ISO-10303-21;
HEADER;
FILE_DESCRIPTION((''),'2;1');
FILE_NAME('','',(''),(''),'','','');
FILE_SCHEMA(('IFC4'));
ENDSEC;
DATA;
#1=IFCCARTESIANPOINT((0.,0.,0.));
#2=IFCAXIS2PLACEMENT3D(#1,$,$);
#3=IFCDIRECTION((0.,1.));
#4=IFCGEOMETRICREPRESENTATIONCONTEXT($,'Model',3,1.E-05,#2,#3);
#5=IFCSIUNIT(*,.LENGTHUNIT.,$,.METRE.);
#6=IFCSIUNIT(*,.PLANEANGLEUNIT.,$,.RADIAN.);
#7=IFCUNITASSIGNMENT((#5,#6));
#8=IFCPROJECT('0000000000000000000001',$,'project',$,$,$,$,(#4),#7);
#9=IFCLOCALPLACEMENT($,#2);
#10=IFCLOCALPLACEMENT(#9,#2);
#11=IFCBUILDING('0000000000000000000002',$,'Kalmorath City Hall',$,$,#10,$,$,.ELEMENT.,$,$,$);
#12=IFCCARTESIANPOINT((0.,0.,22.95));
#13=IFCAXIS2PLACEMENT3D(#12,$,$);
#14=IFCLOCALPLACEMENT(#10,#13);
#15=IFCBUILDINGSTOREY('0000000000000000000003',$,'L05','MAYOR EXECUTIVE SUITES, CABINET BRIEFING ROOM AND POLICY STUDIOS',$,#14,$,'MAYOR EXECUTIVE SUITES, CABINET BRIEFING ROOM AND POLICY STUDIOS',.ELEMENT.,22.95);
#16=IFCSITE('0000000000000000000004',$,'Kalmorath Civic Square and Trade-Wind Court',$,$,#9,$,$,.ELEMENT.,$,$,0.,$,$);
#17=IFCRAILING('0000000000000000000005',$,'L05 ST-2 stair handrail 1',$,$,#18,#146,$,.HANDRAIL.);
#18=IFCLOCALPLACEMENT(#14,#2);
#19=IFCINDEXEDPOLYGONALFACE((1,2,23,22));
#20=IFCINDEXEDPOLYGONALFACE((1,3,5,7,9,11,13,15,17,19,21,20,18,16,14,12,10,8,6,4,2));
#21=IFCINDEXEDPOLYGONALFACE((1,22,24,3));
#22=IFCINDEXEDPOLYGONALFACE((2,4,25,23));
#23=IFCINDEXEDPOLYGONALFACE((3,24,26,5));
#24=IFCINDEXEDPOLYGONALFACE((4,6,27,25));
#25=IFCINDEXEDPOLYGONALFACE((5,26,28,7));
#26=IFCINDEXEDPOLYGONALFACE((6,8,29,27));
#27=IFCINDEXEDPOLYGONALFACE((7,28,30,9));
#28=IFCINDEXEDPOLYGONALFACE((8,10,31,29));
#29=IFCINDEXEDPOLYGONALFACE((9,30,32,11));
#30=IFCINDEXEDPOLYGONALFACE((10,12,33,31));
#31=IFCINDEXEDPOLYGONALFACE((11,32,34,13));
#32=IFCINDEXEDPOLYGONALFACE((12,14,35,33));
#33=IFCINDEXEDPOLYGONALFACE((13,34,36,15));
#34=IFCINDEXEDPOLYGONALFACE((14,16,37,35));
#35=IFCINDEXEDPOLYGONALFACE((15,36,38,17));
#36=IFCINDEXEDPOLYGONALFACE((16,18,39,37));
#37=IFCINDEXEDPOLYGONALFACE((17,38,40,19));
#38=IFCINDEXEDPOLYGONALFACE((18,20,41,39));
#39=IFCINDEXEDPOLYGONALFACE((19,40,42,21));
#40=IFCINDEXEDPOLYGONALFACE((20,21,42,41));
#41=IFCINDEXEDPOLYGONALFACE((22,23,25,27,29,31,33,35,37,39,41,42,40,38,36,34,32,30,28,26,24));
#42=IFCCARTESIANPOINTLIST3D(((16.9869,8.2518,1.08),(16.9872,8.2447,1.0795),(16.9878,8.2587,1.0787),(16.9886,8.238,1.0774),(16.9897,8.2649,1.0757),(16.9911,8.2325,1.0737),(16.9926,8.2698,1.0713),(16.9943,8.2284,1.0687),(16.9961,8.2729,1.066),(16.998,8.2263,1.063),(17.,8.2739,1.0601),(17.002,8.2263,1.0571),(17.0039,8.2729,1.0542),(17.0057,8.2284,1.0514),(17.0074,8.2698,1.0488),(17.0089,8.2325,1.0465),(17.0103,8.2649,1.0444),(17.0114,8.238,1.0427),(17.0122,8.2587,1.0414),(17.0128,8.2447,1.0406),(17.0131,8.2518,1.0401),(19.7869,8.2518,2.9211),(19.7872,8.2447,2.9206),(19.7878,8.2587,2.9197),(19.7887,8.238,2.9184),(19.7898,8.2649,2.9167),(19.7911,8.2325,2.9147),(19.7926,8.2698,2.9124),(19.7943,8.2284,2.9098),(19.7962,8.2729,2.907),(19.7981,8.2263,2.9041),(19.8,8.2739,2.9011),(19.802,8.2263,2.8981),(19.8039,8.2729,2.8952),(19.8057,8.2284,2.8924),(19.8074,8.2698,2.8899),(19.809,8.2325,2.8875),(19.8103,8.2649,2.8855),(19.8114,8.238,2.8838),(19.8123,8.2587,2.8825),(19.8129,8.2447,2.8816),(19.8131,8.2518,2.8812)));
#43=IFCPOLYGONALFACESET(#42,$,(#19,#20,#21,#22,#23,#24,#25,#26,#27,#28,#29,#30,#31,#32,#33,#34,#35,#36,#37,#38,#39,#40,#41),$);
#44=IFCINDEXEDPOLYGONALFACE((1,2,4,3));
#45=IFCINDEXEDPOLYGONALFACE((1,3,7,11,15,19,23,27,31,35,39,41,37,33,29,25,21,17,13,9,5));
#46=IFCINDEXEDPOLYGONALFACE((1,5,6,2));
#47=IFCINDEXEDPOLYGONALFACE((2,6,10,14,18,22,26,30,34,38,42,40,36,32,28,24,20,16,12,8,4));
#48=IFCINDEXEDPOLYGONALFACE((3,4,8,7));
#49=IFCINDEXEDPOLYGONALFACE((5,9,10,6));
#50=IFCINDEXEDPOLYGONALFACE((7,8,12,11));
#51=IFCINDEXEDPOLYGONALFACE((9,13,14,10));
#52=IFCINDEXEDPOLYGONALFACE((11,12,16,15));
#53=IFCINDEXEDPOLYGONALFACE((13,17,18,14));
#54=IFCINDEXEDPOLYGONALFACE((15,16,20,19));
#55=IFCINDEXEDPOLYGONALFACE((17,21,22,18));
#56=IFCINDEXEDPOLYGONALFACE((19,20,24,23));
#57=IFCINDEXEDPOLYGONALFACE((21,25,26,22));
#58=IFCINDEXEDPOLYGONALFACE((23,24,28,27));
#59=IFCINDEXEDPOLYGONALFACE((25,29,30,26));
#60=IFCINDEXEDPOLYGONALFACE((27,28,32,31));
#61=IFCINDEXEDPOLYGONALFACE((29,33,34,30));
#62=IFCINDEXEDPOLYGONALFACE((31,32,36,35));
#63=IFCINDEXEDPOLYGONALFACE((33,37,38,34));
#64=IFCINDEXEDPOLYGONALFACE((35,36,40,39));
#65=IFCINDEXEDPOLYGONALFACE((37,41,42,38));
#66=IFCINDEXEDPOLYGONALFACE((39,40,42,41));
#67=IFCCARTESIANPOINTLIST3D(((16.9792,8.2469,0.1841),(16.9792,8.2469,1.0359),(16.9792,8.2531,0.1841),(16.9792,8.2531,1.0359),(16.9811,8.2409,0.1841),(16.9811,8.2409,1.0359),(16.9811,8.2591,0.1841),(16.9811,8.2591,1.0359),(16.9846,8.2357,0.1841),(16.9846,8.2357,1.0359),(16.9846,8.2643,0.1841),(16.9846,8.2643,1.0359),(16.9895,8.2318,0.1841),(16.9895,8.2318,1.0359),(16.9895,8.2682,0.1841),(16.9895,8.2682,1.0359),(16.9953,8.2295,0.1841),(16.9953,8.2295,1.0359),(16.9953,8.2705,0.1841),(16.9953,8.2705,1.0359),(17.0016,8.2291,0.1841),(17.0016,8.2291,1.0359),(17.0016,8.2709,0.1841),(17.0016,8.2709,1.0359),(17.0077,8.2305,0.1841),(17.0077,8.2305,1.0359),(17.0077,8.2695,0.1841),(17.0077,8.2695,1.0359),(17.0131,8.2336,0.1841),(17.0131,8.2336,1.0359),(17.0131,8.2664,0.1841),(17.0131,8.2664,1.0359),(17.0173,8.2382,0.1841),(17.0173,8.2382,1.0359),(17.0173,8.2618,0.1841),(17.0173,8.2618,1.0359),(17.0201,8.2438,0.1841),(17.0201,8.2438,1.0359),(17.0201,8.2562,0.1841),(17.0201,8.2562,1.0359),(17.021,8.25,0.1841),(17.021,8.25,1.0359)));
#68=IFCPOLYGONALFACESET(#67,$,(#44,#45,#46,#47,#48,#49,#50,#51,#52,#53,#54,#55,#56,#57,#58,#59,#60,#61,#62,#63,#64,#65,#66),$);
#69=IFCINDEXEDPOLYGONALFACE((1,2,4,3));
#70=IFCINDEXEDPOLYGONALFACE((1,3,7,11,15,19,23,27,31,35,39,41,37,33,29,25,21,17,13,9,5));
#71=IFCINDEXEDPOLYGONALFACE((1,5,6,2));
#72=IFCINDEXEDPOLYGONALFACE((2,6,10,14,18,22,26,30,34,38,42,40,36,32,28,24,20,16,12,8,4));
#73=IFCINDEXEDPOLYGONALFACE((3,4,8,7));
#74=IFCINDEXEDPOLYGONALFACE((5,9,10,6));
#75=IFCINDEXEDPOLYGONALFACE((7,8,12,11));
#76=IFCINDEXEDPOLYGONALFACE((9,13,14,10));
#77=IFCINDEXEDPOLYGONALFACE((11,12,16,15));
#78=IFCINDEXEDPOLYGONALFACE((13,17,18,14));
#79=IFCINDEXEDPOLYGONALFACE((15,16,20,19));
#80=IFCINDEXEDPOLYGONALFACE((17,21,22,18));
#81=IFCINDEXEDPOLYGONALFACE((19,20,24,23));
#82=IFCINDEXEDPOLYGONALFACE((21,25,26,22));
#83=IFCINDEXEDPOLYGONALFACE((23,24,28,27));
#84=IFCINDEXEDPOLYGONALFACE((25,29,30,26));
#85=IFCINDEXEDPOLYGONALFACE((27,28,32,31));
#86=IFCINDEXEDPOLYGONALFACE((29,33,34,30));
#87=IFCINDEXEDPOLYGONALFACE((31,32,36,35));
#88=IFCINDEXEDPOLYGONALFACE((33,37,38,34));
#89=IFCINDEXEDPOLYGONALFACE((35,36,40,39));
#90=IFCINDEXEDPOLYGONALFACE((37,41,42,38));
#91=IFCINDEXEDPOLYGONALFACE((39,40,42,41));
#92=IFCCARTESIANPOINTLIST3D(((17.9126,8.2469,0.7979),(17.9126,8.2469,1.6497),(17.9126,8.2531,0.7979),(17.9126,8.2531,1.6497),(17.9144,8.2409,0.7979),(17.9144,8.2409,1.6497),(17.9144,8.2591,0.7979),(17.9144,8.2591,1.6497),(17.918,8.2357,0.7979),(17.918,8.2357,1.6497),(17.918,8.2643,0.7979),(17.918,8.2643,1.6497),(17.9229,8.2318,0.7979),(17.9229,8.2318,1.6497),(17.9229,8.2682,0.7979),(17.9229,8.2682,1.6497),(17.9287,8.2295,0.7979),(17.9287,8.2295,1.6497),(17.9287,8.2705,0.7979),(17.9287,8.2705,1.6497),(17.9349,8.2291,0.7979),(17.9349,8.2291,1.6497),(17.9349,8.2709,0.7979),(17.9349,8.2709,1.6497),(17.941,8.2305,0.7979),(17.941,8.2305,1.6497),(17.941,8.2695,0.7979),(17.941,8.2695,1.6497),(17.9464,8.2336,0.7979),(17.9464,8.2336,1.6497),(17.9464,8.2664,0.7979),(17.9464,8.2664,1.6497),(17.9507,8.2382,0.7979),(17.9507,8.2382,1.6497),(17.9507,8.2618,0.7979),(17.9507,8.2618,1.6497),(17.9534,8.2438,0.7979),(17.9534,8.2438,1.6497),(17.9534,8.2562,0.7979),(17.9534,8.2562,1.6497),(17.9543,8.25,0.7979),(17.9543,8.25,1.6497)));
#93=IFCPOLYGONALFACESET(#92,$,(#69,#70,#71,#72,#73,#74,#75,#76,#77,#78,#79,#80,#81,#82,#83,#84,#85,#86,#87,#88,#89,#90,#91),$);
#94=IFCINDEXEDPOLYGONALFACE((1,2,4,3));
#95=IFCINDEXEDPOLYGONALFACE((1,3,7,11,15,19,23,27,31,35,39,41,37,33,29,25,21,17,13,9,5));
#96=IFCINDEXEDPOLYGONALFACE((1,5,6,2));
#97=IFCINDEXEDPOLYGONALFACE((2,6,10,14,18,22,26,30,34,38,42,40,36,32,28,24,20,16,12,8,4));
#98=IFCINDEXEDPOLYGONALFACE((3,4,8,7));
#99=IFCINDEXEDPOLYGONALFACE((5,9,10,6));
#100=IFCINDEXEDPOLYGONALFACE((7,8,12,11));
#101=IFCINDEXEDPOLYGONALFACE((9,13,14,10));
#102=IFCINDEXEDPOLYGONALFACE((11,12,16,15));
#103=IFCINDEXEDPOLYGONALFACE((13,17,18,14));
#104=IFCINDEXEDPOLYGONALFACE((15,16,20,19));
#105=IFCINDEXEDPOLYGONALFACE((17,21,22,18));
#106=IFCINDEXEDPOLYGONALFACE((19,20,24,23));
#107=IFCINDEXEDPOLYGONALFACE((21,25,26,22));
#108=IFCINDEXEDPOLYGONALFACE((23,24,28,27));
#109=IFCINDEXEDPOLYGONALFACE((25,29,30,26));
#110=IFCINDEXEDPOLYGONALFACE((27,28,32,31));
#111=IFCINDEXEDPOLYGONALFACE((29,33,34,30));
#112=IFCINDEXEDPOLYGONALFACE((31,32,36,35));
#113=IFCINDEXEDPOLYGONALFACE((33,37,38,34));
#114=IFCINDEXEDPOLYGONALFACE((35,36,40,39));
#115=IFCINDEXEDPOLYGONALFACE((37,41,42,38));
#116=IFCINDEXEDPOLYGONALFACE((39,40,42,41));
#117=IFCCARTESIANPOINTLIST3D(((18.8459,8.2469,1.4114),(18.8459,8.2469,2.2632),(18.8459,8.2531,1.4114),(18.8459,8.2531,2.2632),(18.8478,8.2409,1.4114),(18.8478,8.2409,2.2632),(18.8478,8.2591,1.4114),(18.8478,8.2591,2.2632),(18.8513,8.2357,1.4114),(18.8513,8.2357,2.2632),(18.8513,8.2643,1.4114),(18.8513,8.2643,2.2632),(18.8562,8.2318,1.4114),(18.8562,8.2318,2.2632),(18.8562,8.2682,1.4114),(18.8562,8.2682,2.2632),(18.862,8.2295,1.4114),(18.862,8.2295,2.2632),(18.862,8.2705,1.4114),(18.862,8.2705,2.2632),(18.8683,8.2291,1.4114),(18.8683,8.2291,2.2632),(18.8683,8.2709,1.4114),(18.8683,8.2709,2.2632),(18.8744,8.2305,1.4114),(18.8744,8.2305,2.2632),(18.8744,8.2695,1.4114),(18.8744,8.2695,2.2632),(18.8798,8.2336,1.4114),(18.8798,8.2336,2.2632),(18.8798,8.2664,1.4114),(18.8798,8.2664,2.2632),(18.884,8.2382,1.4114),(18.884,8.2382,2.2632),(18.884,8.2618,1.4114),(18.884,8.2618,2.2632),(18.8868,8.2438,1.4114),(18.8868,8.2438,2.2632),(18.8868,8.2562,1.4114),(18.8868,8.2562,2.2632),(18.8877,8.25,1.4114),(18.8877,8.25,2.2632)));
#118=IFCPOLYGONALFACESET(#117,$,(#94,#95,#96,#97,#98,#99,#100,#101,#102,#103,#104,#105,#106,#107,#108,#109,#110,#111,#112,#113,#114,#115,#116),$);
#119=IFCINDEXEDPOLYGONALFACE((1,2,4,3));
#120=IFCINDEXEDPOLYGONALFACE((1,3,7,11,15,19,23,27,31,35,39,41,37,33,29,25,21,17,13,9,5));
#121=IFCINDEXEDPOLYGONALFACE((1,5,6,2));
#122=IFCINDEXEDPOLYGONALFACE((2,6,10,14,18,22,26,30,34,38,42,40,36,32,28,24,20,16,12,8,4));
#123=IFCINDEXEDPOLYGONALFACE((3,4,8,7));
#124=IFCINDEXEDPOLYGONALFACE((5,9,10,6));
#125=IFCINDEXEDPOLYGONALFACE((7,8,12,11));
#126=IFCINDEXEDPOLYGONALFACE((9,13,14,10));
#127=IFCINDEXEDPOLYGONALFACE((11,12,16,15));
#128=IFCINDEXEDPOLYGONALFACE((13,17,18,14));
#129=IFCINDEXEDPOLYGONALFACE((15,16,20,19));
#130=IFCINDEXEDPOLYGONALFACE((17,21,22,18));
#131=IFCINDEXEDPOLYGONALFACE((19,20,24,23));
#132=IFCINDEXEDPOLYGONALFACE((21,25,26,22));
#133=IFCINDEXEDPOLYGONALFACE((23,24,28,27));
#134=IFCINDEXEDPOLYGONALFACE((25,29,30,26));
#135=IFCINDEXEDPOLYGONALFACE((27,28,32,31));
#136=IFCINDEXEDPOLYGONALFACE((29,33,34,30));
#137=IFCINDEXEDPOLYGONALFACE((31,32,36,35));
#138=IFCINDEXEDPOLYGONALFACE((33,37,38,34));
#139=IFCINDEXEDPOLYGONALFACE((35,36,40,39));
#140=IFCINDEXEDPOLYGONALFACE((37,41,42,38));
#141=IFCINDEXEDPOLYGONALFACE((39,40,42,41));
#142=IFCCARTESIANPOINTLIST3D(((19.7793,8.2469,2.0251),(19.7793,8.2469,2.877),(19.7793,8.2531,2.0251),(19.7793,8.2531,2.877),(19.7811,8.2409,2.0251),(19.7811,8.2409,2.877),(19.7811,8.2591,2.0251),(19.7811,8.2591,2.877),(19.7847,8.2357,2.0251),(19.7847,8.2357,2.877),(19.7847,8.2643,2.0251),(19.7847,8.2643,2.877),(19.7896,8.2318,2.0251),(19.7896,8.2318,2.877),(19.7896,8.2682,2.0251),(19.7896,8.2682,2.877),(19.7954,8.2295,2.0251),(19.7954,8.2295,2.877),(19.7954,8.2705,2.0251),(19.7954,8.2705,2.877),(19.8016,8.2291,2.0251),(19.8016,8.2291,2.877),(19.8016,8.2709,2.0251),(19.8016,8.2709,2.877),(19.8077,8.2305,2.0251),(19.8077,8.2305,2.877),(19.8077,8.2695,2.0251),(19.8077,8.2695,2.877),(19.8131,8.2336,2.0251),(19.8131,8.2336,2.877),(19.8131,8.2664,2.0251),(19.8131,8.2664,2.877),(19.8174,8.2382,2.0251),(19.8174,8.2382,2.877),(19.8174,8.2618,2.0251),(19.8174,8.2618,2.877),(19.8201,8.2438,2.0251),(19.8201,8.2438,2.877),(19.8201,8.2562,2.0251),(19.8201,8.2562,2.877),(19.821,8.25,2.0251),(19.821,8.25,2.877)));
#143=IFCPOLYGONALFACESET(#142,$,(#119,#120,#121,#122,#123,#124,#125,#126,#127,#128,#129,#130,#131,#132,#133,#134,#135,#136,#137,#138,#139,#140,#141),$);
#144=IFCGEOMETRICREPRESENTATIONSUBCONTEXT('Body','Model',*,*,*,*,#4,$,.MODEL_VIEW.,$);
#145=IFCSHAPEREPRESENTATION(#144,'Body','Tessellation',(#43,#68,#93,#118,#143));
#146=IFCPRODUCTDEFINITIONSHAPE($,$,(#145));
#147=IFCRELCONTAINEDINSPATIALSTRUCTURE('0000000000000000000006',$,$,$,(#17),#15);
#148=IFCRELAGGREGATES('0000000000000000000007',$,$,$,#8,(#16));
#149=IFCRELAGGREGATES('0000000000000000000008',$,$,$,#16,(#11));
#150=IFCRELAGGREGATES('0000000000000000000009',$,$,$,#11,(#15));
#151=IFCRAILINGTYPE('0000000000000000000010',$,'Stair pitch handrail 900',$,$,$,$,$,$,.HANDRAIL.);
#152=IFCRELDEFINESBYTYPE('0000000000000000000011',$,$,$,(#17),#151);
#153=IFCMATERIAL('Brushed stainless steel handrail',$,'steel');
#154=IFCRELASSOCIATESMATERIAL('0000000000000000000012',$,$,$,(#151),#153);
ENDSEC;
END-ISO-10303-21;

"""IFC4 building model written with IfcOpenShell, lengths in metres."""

from ifc_helpers import new_model, si_unit, direction, frame, origin, origin_2d, place, context, subcontext, project, spatial, circle, extrude, material, type_object, element, save


model = new_model("IFC4")

# Units and contexts
model_context = context("Model", 3, precision=1e-05, world=origin(), true_north=direction((0.0, 1.0)))
body_context = subcontext(model_context, "Body", "Model", "MODEL_VIEW")
ifc_project = project(units=[si_unit("LENGTHUNIT", "METRE"), si_unit("PLANEANGLEUNIT", "RADIAN")], contexts=[model_context])

# Site, building, storey
site_placement = place(None, origin())
site = spatial("IfcSite", under=ifc_project, at=site_placement, Name="Kalmorath Civic Square and Trade-Wind Court", CompositionType="ELEMENT", RefElevation=0.0)
building_placement = place(site_placement, origin())
building = spatial("IfcBuilding", under=site, at=building_placement, Name="Kalmorath City Hall", CompositionType="ELEMENT")
storey_placement = place(building_placement, frame((0.0, 0.0, 22.95)))
storey = spatial("IfcBuildingStorey", under=building, at=storey_placement, Name="L05", Description="MAYOR EXECUTIVE SUITES, CABINET BRIEFING ROOM AND POLICY STUDIOS", LongName="MAYOR EXECUTIVE SUITES, CABINET BRIEFING ROOM AND POLICY STUDIOS", CompositionType="ELEMENT", Elevation=22.95)

# Railing
ifc_material_1 = material(Name="Brushed stainless steel handrail", Category="steel")
railing_type_1 = type_object("IfcRailingType", Name="Stair pitch handrail 900", PredefinedType="HANDRAIL", material=ifc_material_1)
railing_1_placement = place(storey_placement, frame((17.0, 8.25, 0.1841)))
element("IfcRailing", 1, at=railing_1_placement, inside=storey, type_object=railing_type_1, Name="L05 ST-2 stair handrail 1", PredefinedType="HANDRAIL", context=body_context, shape_type="SweptSolid", body=[
    extrude(circle(Radius=0.0239, at=origin_2d()), frame((0.0, 0.0, 0.876), z_axis=(0.835564, 0.0, 0.549393), x_axis=(0.0, 1.0, 0.0)), (0.0, 0.0, 1.0), 3.3511),
    extrude(circle(Radius=0.021, at=origin_2d()), origin(), (0.0, 0.0, 1.0), 0.8518),
    extrude(circle(Radius=0.021, at=origin_2d()), frame((0.9333, 0.0, 0.6138)), (0.0, 0.0, 1.0), 0.8518),
    extrude(circle(Radius=0.021, at=origin_2d()), frame((1.8667, 0.0, 1.2273)), (0.0, 0.0, 1.0), 0.8518),
    extrude(circle(Radius=0.021, at=origin_2d()), frame((2.8, 0.0, 1.8411)), (0.0, 0.0, 1.0), 0.8518),
])

save(model, "model.ifc")
